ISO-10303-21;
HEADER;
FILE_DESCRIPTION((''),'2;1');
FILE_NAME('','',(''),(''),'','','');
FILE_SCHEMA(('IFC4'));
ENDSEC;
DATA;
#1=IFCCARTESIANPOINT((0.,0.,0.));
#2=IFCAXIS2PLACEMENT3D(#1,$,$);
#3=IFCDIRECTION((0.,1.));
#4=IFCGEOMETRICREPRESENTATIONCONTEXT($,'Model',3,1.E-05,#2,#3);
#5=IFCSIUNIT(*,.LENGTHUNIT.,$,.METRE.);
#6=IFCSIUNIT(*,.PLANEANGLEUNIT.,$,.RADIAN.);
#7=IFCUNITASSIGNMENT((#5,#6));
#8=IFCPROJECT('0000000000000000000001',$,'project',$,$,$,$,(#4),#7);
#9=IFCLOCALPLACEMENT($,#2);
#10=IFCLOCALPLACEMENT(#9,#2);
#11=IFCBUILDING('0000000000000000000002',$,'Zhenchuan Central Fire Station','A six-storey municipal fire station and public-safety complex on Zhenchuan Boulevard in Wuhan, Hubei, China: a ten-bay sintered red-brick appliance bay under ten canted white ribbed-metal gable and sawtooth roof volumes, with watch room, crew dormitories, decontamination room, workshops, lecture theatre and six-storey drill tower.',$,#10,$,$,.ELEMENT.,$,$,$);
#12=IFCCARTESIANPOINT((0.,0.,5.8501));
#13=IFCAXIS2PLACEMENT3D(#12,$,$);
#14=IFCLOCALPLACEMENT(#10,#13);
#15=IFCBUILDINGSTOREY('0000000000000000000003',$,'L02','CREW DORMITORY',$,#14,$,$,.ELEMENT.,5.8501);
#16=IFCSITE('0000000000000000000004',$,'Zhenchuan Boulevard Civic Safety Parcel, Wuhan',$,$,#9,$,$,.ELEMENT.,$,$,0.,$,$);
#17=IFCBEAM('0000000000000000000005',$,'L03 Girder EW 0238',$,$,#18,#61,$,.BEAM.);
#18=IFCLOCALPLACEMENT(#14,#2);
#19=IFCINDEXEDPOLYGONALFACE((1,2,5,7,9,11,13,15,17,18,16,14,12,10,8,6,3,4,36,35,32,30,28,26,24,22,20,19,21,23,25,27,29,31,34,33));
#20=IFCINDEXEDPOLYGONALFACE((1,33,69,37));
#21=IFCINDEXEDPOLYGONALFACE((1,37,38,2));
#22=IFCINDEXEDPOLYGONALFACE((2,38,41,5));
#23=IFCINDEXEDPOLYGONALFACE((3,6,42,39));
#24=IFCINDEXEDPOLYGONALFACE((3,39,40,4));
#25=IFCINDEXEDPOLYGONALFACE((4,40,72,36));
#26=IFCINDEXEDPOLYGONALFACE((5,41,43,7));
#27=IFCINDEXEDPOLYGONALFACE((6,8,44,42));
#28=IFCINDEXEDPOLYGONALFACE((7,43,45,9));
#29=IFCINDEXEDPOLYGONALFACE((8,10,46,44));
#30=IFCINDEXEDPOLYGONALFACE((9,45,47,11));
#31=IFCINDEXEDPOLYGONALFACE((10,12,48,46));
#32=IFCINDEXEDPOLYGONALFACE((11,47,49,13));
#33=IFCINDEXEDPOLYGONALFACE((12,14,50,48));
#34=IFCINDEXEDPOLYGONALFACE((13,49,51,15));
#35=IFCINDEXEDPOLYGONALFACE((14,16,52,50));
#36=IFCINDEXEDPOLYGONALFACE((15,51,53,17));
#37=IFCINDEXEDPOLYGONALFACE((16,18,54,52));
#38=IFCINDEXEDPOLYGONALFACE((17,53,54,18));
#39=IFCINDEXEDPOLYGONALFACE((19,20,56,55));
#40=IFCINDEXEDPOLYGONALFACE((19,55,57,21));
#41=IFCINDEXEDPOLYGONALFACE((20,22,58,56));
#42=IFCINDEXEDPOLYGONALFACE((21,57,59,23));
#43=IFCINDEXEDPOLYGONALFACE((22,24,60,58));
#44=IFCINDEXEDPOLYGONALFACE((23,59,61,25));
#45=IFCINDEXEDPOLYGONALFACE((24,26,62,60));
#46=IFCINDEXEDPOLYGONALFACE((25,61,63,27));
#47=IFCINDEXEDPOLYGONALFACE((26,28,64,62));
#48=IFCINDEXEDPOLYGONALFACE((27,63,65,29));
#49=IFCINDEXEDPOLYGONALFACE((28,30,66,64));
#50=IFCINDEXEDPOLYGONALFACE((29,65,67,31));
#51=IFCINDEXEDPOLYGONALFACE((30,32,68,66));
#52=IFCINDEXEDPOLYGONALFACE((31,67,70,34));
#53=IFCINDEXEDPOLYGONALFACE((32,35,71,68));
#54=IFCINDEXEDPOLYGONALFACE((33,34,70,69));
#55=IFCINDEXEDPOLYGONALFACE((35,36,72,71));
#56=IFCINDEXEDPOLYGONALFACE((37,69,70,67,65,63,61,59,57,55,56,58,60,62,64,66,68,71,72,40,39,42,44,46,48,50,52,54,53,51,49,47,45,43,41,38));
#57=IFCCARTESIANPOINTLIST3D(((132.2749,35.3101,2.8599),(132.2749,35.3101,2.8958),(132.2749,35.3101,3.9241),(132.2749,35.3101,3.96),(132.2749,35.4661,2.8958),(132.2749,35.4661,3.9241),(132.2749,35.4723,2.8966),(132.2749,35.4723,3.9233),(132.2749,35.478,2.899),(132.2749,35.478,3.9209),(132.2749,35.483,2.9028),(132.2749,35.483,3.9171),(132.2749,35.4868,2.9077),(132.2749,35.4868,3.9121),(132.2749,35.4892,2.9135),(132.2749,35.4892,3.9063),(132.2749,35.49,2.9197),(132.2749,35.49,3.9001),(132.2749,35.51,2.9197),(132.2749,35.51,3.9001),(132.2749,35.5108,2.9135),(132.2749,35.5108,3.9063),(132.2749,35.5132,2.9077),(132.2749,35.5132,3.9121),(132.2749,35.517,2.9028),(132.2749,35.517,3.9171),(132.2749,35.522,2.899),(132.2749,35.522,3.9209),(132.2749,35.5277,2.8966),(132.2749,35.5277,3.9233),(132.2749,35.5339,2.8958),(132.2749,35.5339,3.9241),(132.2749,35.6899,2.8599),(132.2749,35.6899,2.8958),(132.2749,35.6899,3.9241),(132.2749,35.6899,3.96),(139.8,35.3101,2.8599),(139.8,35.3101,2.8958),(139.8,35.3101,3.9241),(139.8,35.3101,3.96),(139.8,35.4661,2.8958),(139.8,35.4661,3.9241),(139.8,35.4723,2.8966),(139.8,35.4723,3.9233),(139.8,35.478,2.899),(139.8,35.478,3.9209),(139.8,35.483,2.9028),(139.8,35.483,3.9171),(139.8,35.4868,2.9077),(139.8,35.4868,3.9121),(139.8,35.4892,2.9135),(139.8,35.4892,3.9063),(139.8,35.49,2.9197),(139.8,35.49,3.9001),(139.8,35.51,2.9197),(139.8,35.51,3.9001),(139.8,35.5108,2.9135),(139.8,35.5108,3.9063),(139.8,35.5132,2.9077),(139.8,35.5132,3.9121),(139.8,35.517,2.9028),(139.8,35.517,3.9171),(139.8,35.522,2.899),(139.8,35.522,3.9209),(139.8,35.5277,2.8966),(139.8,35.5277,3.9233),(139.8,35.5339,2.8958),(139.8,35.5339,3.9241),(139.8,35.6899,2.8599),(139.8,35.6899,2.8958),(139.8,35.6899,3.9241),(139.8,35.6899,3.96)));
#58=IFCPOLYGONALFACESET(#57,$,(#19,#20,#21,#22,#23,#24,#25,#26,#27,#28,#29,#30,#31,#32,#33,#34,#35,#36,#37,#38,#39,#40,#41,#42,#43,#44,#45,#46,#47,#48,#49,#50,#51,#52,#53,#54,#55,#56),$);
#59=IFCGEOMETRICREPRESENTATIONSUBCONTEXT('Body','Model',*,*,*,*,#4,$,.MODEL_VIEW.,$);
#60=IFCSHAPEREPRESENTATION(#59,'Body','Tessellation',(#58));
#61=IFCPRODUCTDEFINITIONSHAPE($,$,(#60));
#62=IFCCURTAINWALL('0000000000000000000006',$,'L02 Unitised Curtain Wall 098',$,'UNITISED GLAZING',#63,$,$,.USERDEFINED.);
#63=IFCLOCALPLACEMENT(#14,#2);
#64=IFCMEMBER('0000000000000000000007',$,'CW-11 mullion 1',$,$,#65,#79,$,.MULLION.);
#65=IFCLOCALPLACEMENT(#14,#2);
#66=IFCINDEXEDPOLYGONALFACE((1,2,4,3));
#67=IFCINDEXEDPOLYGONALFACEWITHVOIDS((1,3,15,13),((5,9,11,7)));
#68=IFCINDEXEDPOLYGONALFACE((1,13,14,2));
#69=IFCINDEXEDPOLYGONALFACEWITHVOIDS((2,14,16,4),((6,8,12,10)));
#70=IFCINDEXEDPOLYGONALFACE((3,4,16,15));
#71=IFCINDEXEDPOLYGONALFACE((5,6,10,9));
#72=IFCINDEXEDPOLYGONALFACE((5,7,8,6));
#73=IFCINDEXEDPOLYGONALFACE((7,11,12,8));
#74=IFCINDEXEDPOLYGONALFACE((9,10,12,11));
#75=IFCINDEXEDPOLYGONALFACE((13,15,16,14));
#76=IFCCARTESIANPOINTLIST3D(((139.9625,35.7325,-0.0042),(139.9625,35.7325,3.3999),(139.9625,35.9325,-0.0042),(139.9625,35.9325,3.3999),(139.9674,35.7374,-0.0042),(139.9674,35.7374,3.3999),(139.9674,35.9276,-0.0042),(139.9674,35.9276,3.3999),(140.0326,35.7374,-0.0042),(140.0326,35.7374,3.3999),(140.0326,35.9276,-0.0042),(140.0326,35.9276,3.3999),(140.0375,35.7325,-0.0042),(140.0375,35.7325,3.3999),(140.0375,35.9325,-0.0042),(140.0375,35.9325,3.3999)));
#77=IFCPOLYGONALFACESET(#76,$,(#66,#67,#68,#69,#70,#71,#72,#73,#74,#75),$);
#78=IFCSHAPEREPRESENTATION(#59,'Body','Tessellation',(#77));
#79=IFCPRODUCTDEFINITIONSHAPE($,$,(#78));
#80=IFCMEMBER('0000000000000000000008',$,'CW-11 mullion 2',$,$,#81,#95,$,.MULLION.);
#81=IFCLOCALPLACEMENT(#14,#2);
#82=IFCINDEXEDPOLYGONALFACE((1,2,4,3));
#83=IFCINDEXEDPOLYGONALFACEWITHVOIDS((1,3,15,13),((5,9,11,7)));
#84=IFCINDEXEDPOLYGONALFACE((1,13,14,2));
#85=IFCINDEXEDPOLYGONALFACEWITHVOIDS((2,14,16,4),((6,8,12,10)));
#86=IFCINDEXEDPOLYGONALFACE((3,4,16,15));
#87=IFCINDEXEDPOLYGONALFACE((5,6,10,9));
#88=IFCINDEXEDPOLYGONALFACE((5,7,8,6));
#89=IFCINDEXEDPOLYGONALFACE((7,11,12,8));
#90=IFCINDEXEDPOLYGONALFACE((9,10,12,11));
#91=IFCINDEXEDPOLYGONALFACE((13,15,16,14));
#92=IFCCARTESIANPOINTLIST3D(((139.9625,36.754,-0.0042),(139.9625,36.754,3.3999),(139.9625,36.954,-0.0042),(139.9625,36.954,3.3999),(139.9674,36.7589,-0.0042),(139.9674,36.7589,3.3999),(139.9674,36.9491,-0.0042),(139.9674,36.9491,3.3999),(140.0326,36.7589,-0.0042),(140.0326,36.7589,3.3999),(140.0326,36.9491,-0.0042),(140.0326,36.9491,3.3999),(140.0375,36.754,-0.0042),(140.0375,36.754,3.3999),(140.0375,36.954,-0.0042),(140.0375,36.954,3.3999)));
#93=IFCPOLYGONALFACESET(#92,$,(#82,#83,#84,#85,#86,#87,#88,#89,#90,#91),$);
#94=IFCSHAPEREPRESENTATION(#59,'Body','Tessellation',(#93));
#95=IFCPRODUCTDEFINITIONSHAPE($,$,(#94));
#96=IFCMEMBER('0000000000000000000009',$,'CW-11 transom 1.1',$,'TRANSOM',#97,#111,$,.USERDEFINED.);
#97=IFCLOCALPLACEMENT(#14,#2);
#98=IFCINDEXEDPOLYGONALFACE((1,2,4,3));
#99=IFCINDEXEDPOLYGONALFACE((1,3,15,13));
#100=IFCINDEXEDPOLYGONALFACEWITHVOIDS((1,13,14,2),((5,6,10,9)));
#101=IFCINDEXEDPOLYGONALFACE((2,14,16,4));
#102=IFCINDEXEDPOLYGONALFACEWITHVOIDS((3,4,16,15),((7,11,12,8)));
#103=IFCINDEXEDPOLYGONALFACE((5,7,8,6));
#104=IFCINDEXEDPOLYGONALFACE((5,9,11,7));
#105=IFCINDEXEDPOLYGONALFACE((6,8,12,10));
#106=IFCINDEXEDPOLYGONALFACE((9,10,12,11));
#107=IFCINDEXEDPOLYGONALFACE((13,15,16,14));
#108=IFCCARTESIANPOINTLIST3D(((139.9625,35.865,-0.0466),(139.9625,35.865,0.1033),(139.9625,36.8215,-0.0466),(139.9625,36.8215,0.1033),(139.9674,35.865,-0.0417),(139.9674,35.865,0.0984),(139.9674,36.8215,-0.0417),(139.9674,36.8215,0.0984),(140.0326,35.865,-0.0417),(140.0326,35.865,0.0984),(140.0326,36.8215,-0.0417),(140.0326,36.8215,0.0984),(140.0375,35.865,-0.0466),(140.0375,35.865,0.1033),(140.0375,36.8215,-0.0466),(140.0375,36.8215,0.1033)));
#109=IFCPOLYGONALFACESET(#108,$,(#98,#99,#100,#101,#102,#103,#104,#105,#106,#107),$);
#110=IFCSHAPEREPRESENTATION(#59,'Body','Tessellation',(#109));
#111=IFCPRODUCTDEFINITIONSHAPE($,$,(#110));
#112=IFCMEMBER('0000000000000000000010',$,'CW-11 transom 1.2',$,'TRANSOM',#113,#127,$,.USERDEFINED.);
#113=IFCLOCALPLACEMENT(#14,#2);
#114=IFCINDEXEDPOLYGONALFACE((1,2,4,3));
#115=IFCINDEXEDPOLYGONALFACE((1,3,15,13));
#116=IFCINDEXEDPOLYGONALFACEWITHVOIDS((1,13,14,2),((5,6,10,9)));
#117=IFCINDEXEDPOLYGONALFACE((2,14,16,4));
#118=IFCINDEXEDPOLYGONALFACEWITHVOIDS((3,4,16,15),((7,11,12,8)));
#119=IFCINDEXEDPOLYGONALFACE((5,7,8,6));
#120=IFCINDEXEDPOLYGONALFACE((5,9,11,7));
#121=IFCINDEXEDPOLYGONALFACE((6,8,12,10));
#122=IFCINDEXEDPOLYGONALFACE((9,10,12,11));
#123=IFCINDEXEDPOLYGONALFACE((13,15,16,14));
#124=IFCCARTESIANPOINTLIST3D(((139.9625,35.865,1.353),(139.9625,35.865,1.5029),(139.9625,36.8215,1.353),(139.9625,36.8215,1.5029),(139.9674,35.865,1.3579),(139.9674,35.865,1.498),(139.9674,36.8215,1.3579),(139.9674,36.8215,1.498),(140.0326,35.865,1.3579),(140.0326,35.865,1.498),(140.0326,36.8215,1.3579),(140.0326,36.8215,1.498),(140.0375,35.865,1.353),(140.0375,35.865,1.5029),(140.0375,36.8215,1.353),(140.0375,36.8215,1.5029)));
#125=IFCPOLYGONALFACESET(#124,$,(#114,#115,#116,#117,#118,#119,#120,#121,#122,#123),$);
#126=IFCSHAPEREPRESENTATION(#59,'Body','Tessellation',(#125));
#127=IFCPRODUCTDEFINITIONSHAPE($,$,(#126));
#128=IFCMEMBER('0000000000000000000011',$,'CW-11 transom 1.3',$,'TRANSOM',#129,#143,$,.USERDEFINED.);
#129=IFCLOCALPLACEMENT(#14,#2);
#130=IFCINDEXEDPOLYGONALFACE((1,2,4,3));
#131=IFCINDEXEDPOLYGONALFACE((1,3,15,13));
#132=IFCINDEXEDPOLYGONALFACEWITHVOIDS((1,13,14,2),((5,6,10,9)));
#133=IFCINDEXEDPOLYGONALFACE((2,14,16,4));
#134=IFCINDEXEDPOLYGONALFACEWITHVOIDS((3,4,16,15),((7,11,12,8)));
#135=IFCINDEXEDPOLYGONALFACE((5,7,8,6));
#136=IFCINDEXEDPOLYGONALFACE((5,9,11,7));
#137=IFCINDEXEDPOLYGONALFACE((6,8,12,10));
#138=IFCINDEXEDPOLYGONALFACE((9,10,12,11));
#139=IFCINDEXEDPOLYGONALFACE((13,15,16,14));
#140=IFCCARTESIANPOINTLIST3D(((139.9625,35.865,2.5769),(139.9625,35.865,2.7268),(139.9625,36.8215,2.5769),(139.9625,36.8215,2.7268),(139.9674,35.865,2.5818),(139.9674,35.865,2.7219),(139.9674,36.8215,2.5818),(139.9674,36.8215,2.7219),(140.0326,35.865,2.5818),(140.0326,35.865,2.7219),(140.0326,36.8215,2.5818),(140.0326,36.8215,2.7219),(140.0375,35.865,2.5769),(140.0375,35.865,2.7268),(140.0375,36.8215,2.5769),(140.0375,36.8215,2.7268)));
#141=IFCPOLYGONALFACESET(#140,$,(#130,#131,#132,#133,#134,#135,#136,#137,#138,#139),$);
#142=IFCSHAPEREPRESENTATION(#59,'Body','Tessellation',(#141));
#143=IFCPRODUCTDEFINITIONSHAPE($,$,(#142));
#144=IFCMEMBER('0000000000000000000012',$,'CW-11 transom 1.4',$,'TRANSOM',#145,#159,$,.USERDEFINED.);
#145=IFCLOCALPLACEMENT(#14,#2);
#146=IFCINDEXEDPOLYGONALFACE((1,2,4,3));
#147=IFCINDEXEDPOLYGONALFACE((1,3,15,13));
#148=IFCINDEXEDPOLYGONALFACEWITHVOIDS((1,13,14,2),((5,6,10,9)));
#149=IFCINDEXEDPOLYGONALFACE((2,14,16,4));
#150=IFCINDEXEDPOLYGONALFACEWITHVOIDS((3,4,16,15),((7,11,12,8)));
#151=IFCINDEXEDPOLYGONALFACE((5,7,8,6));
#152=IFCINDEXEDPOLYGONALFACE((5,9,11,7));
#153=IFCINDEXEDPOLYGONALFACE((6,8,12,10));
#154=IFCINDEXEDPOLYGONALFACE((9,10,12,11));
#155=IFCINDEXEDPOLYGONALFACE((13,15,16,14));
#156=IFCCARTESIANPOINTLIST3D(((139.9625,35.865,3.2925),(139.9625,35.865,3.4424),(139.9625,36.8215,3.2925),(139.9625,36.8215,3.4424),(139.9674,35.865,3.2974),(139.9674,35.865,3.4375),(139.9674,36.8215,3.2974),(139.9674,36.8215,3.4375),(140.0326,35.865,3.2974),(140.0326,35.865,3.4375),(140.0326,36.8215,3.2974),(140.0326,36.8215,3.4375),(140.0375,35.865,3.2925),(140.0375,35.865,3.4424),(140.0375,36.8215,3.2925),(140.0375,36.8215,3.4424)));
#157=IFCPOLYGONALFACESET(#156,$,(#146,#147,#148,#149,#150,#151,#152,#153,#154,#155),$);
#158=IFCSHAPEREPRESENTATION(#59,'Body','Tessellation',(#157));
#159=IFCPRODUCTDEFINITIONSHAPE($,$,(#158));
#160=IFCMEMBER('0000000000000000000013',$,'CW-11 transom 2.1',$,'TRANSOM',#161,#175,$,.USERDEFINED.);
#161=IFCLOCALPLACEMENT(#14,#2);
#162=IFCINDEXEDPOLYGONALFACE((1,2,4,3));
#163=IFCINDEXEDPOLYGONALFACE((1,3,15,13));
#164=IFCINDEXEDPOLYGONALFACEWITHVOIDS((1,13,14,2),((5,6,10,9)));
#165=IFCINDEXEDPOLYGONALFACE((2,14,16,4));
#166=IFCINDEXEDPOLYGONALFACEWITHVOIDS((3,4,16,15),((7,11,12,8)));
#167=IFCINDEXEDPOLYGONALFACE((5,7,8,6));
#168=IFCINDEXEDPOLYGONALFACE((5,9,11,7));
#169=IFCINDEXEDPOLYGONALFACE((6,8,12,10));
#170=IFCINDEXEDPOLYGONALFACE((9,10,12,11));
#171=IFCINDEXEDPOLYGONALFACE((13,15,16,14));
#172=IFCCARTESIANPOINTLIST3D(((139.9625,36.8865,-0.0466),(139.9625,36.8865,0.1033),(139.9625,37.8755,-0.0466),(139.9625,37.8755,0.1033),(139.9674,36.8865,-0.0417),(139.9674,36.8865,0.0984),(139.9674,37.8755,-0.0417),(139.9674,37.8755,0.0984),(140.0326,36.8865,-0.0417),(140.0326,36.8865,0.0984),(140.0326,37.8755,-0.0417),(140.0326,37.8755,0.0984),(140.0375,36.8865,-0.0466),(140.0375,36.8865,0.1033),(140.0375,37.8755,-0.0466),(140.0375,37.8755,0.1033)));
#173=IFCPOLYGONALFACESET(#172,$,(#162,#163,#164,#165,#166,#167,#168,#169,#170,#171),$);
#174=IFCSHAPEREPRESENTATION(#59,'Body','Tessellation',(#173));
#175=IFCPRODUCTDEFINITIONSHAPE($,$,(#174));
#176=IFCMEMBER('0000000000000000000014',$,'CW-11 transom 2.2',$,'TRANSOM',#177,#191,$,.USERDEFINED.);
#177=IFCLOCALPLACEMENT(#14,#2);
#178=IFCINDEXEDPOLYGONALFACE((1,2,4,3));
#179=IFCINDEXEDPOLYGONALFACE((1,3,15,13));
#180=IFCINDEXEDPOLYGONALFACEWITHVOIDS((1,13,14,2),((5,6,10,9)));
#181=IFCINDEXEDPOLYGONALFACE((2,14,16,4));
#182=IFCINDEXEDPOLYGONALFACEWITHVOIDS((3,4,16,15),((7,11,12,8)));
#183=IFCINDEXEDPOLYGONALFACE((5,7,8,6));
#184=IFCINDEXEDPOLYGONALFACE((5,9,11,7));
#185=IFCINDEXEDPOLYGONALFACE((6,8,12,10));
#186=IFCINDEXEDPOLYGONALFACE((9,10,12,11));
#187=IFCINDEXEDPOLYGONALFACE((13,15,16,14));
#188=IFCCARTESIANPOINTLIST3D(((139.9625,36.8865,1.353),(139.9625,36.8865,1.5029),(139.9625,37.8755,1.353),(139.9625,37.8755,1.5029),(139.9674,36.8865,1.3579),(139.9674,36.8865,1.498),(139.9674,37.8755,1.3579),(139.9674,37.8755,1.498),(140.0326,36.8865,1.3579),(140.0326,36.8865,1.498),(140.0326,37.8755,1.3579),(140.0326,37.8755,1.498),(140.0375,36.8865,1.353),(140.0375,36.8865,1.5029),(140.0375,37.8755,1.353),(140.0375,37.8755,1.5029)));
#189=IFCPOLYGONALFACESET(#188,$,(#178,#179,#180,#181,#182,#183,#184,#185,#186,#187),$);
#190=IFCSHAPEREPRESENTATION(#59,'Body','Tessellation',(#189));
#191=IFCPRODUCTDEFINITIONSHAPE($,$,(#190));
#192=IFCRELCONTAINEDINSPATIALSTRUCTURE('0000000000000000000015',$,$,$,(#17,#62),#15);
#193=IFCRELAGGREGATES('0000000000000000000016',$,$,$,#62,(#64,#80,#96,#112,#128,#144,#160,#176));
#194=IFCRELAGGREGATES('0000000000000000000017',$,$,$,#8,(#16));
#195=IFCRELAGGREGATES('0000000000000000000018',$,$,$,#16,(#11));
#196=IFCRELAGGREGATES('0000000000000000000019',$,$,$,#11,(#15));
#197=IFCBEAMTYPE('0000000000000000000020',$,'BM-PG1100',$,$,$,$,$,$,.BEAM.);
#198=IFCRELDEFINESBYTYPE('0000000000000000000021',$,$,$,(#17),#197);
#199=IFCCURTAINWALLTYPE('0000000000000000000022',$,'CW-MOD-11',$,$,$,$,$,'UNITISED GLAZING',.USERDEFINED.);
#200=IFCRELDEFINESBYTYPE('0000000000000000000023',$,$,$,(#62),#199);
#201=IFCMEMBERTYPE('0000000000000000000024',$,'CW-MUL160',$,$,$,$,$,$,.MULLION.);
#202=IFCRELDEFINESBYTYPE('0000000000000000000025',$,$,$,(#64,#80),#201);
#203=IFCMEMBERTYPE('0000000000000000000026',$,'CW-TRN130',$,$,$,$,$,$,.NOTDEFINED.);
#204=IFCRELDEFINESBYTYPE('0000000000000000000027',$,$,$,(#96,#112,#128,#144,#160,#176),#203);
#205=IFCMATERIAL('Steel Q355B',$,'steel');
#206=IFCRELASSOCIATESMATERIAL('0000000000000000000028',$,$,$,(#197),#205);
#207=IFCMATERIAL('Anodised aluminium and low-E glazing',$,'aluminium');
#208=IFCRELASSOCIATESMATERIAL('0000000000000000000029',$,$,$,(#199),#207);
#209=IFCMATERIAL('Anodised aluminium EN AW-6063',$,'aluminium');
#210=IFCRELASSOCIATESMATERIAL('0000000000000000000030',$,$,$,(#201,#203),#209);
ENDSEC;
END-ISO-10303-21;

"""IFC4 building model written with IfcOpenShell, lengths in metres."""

from ifc_helpers import new_model, si_unit, direction, frame, origin, origin_2d, place, context, subcontext, project, spatial, hollow_rectangle, i_section, extrude, material, material_profile, profile_set, type_object, element, aggregate, save


model = new_model("IFC4")

# Units and contexts
model_context = context("Model", 3, precision=1e-05, world=origin(), true_north=direction((0.0, 1.0)))
body_context = subcontext(model_context, "Body", "Model", "MODEL_VIEW")
ifc_project = project(units=[si_unit("LENGTHUNIT", "METRE"), si_unit("PLANEANGLEUNIT", "RADIAN")], contexts=[model_context])

# Site, building, storey
site_placement = place(None, origin())
site = spatial("IfcSite", under=ifc_project, at=site_placement, Name="Zhenchuan Boulevard Civic Safety Parcel, Wuhan", CompositionType="ELEMENT", RefElevation=0.0)
building_placement = place(site_placement, origin())
building = spatial("IfcBuilding", under=site, at=building_placement, Name="Zhenchuan Central Fire Station", Description="A six-storey municipal fire station and public-safety complex on Zhenchuan Boulevard in Wuhan, Hubei, China: a ten-bay sintered red-brick appliance bay under ten canted white ribbed-metal gable and sawtooth roof volumes, with watch room, crew dormitories, decontamination room, workshops, lecture theatre and six-storey drill tower.", CompositionType="ELEMENT")
storey_placement = place(building_placement, frame((0.0, 0.0, 5.8501)))
storey = spatial("IfcBuildingStorey", under=building, at=storey_placement, Name="L02", Description="CREW DORMITORY", CompositionType="ELEMENT", Elevation=5.8501)

# Shared definitions
ifc_material_1 = material(Name="Steel Q355B", Category="steel")

# Beam
ifc_material_profile_1 = material_profile(ifc_material_1, i_section(OverallWidth=0.3799, OverallDepth=1.1001, WebThickness=0.02, FlangeThickness=0.0359, FilletRadius=0.0239, at=origin_2d()), Name="PG 1100x380")
ifc_profile_set_1 = profile_set([ifc_material_profile_1], Name="Steel Q355B")
beam_type_1 = type_object("IfcBeamType", Name="BM-PG1100", PredefinedType="BEAM", material=ifc_profile_set_1)
beam_1_placement = place(storey_placement, frame((132.2749, 35.5, 3.4099), z_axis=(1.0, 0.0, 0.0), x_axis=(0.0, 1.0, 0.0)))
element("IfcBeam", 1, at=beam_1_placement, inside=storey, type_object=beam_type_1, Name="L03 Girder EW 0238", PredefinedType="BEAM", context=body_context, shape_type="SweptSolid", body=[
    extrude(i_section(OverallWidth=0.3799, OverallDepth=1.1001, WebThickness=0.02, FlangeThickness=0.0359, FilletRadius=0.0239, at=origin_2d()), origin(), (0.0, 0.0, 1.0), 7.5251),
])

# Curtain wall, members
ifc_material_2 = material(Name="Anodised aluminium and low-E glazing", Category="aluminium")
curtain_wall_type = type_object("IfcCurtainWallType", Name="CW-MOD-11", ElementType="UNITISED GLAZING", PredefinedType="USERDEFINED", material=ifc_material_2)
curtain_wall_placement = place(storey_placement, origin())
curtain_wall = element("IfcCurtainWall", 2, at=curtain_wall_placement, inside=storey, type_object=curtain_wall_type, Name="L02 Unitised Curtain Wall 098", ObjectType="UNITISED GLAZING", PredefinedType="USERDEFINED")
ifc_material_3 = material(Name="Anodised aluminium EN AW-6063", Category="aluminium")
ifc_material_profile_2 = material_profile(ifc_material_3, hollow_rectangle(XDim=0.075, YDim=0.2, WallThickness=0.0049, at=origin_2d()), Name="ALU-M 200x75")
ifc_profile_set_2 = profile_set([ifc_material_profile_2], Name="Anodised aluminium EN AW-6063")
member_type_1 = type_object("IfcMemberType", Name="CW-MUL160", PredefinedType="MULLION", material=ifc_profile_set_2)
member_1_placement = place(storey_placement, frame((140.0, 35.8325, -0.0042), z_axis=(0.0, 0.0, 1.0), x_axis=(-1.0, 0.0, 0.0)))
member_1 = element("IfcMember", 3, at=member_1_placement, type_object=member_type_1, Name="CW-11 mullion 1", PredefinedType="MULLION", context=body_context, shape_type="SweptSolid", body=[
    extrude(hollow_rectangle(XDim=0.075, YDim=0.2, WallThickness=0.0049, at=origin_2d()), origin(), (0.0, 0.0, 1.0), 3.4041),
])
member_2_placement = place(storey_placement, frame((140.0, 36.854, -0.0042), z_axis=(0.0, 0.0, 1.0), x_axis=(-1.0, 0.0, 0.0)))
member_2 = element("IfcMember", 4, at=member_2_placement, type_object=member_type_1, Name="CW-11 mullion 2", PredefinedType="MULLION", context=body_context, shape_type="SweptSolid", body=[
    extrude(hollow_rectangle(XDim=0.075, YDim=0.2, WallThickness=0.0049, at=origin_2d()), origin(), (0.0, 0.0, 1.0), 3.4041),
])
ifc_material_profile_3 = material_profile(ifc_material_3, hollow_rectangle(XDim=0.075, YDim=0.1499, WallThickness=0.0049, at=origin_2d()), Name="ALU-T 150x75")
ifc_profile_set_3 = profile_set([ifc_material_profile_3], Name="Anodised aluminium EN AW-6063")
member_type_2 = type_object("IfcMemberType", Name="CW-TRN130", PredefinedType="NOTDEFINED", material=ifc_profile_set_3)
member_3_placement = place(storey_placement, frame((140.0, 35.865, 0.0283), z_axis=(0.0, 1.0, 0.0), x_axis=(-1.0, 0.0, 0.0)))
member_3 = element("IfcMember", 5, at=member_3_placement, type_object=member_type_2, Name="CW-11 transom 1.1", ObjectType="TRANSOM", PredefinedType="USERDEFINED", context=body_context, shape_type="SweptSolid", body=[
    extrude(hollow_rectangle(XDim=0.075, YDim=0.1499, WallThickness=0.0049, at=origin_2d()), origin(), (0.0, 0.0, 1.0), 0.9565),
])
member_4_placement = place(storey_placement, frame((140.0, 35.865, 1.428), z_axis=(0.0, 1.0, 0.0), x_axis=(-1.0, 0.0, 0.0)))
member_4 = element("IfcMember", 6, at=member_4_placement, type_object=member_type_2, Name="CW-11 transom 1.2", ObjectType="TRANSOM", PredefinedType="USERDEFINED", context=body_context, shape_type="SweptSolid", body=[
    extrude(hollow_rectangle(XDim=0.075, YDim=0.1499, WallThickness=0.0049, at=origin_2d()), origin(), (0.0, 0.0, 1.0), 0.9565),
])
member_5_placement = place(storey_placement, frame((140.0, 35.865, 2.6519), z_axis=(0.0, 1.0, 0.0), x_axis=(-1.0, 0.0, 0.0)))
member_5 = element("IfcMember", 7, at=member_5_placement, type_object=member_type_2, Name="CW-11 transom 1.3", ObjectType="TRANSOM", PredefinedType="USERDEFINED", context=body_context, shape_type="SweptSolid", body=[
    extrude(hollow_rectangle(XDim=0.075, YDim=0.1499, WallThickness=0.0049, at=origin_2d()), origin(), (0.0, 0.0, 1.0), 0.9565),
])
member_6_placement = place(storey_placement, frame((140.0, 35.865, 3.3674), z_axis=(0.0, 1.0, 0.0), x_axis=(-1.0, 0.0, 0.0)))
member_6 = element("IfcMember", 8, at=member_6_placement, type_object=member_type_2, Name="CW-11 transom 1.4", ObjectType="TRANSOM", PredefinedType="USERDEFINED", context=body_context, shape_type="SweptSolid", body=[
    extrude(hollow_rectangle(XDim=0.075, YDim=0.1499, WallThickness=0.0049, at=origin_2d()), origin(), (0.0, 0.0, 1.0), 0.9565),
])
member_7_placement = place(storey_placement, frame((140.0, 36.8865, 0.0283), z_axis=(0.0, 1.0, 0.0), x_axis=(-1.0, 0.0, 0.0)))
member_7 = element("IfcMember", 9, at=member_7_placement, type_object=member_type_2, Name="CW-11 transom 2.1", ObjectType="TRANSOM", PredefinedType="USERDEFINED", context=body_context, shape_type="SweptSolid", body=[
    extrude(hollow_rectangle(XDim=0.075, YDim=0.1499, WallThickness=0.0049, at=origin_2d()), origin(), (0.0, 0.0, 1.0), 0.989),
])
member_8_placement = place(storey_placement, frame((140.0, 36.8865, 1.428), z_axis=(0.0, 1.0, 0.0), x_axis=(-1.0, 0.0, 0.0)))
member_8 = element("IfcMember", 10, at=member_8_placement, type_object=member_type_2, Name="CW-11 transom 2.2", ObjectType="TRANSOM", PredefinedType="USERDEFINED", context=body_context, shape_type="SweptSolid", body=[
    extrude(hollow_rectangle(XDim=0.075, YDim=0.1499, WallThickness=0.0049, at=origin_2d()), origin(), (0.0, 0.0, 1.0), 0.989),
])

aggregate(curtain_wall, [member_1, member_2, member_3, member_4, member_5, member_6, member_7, member_8])

save(model, "model.ifc")
